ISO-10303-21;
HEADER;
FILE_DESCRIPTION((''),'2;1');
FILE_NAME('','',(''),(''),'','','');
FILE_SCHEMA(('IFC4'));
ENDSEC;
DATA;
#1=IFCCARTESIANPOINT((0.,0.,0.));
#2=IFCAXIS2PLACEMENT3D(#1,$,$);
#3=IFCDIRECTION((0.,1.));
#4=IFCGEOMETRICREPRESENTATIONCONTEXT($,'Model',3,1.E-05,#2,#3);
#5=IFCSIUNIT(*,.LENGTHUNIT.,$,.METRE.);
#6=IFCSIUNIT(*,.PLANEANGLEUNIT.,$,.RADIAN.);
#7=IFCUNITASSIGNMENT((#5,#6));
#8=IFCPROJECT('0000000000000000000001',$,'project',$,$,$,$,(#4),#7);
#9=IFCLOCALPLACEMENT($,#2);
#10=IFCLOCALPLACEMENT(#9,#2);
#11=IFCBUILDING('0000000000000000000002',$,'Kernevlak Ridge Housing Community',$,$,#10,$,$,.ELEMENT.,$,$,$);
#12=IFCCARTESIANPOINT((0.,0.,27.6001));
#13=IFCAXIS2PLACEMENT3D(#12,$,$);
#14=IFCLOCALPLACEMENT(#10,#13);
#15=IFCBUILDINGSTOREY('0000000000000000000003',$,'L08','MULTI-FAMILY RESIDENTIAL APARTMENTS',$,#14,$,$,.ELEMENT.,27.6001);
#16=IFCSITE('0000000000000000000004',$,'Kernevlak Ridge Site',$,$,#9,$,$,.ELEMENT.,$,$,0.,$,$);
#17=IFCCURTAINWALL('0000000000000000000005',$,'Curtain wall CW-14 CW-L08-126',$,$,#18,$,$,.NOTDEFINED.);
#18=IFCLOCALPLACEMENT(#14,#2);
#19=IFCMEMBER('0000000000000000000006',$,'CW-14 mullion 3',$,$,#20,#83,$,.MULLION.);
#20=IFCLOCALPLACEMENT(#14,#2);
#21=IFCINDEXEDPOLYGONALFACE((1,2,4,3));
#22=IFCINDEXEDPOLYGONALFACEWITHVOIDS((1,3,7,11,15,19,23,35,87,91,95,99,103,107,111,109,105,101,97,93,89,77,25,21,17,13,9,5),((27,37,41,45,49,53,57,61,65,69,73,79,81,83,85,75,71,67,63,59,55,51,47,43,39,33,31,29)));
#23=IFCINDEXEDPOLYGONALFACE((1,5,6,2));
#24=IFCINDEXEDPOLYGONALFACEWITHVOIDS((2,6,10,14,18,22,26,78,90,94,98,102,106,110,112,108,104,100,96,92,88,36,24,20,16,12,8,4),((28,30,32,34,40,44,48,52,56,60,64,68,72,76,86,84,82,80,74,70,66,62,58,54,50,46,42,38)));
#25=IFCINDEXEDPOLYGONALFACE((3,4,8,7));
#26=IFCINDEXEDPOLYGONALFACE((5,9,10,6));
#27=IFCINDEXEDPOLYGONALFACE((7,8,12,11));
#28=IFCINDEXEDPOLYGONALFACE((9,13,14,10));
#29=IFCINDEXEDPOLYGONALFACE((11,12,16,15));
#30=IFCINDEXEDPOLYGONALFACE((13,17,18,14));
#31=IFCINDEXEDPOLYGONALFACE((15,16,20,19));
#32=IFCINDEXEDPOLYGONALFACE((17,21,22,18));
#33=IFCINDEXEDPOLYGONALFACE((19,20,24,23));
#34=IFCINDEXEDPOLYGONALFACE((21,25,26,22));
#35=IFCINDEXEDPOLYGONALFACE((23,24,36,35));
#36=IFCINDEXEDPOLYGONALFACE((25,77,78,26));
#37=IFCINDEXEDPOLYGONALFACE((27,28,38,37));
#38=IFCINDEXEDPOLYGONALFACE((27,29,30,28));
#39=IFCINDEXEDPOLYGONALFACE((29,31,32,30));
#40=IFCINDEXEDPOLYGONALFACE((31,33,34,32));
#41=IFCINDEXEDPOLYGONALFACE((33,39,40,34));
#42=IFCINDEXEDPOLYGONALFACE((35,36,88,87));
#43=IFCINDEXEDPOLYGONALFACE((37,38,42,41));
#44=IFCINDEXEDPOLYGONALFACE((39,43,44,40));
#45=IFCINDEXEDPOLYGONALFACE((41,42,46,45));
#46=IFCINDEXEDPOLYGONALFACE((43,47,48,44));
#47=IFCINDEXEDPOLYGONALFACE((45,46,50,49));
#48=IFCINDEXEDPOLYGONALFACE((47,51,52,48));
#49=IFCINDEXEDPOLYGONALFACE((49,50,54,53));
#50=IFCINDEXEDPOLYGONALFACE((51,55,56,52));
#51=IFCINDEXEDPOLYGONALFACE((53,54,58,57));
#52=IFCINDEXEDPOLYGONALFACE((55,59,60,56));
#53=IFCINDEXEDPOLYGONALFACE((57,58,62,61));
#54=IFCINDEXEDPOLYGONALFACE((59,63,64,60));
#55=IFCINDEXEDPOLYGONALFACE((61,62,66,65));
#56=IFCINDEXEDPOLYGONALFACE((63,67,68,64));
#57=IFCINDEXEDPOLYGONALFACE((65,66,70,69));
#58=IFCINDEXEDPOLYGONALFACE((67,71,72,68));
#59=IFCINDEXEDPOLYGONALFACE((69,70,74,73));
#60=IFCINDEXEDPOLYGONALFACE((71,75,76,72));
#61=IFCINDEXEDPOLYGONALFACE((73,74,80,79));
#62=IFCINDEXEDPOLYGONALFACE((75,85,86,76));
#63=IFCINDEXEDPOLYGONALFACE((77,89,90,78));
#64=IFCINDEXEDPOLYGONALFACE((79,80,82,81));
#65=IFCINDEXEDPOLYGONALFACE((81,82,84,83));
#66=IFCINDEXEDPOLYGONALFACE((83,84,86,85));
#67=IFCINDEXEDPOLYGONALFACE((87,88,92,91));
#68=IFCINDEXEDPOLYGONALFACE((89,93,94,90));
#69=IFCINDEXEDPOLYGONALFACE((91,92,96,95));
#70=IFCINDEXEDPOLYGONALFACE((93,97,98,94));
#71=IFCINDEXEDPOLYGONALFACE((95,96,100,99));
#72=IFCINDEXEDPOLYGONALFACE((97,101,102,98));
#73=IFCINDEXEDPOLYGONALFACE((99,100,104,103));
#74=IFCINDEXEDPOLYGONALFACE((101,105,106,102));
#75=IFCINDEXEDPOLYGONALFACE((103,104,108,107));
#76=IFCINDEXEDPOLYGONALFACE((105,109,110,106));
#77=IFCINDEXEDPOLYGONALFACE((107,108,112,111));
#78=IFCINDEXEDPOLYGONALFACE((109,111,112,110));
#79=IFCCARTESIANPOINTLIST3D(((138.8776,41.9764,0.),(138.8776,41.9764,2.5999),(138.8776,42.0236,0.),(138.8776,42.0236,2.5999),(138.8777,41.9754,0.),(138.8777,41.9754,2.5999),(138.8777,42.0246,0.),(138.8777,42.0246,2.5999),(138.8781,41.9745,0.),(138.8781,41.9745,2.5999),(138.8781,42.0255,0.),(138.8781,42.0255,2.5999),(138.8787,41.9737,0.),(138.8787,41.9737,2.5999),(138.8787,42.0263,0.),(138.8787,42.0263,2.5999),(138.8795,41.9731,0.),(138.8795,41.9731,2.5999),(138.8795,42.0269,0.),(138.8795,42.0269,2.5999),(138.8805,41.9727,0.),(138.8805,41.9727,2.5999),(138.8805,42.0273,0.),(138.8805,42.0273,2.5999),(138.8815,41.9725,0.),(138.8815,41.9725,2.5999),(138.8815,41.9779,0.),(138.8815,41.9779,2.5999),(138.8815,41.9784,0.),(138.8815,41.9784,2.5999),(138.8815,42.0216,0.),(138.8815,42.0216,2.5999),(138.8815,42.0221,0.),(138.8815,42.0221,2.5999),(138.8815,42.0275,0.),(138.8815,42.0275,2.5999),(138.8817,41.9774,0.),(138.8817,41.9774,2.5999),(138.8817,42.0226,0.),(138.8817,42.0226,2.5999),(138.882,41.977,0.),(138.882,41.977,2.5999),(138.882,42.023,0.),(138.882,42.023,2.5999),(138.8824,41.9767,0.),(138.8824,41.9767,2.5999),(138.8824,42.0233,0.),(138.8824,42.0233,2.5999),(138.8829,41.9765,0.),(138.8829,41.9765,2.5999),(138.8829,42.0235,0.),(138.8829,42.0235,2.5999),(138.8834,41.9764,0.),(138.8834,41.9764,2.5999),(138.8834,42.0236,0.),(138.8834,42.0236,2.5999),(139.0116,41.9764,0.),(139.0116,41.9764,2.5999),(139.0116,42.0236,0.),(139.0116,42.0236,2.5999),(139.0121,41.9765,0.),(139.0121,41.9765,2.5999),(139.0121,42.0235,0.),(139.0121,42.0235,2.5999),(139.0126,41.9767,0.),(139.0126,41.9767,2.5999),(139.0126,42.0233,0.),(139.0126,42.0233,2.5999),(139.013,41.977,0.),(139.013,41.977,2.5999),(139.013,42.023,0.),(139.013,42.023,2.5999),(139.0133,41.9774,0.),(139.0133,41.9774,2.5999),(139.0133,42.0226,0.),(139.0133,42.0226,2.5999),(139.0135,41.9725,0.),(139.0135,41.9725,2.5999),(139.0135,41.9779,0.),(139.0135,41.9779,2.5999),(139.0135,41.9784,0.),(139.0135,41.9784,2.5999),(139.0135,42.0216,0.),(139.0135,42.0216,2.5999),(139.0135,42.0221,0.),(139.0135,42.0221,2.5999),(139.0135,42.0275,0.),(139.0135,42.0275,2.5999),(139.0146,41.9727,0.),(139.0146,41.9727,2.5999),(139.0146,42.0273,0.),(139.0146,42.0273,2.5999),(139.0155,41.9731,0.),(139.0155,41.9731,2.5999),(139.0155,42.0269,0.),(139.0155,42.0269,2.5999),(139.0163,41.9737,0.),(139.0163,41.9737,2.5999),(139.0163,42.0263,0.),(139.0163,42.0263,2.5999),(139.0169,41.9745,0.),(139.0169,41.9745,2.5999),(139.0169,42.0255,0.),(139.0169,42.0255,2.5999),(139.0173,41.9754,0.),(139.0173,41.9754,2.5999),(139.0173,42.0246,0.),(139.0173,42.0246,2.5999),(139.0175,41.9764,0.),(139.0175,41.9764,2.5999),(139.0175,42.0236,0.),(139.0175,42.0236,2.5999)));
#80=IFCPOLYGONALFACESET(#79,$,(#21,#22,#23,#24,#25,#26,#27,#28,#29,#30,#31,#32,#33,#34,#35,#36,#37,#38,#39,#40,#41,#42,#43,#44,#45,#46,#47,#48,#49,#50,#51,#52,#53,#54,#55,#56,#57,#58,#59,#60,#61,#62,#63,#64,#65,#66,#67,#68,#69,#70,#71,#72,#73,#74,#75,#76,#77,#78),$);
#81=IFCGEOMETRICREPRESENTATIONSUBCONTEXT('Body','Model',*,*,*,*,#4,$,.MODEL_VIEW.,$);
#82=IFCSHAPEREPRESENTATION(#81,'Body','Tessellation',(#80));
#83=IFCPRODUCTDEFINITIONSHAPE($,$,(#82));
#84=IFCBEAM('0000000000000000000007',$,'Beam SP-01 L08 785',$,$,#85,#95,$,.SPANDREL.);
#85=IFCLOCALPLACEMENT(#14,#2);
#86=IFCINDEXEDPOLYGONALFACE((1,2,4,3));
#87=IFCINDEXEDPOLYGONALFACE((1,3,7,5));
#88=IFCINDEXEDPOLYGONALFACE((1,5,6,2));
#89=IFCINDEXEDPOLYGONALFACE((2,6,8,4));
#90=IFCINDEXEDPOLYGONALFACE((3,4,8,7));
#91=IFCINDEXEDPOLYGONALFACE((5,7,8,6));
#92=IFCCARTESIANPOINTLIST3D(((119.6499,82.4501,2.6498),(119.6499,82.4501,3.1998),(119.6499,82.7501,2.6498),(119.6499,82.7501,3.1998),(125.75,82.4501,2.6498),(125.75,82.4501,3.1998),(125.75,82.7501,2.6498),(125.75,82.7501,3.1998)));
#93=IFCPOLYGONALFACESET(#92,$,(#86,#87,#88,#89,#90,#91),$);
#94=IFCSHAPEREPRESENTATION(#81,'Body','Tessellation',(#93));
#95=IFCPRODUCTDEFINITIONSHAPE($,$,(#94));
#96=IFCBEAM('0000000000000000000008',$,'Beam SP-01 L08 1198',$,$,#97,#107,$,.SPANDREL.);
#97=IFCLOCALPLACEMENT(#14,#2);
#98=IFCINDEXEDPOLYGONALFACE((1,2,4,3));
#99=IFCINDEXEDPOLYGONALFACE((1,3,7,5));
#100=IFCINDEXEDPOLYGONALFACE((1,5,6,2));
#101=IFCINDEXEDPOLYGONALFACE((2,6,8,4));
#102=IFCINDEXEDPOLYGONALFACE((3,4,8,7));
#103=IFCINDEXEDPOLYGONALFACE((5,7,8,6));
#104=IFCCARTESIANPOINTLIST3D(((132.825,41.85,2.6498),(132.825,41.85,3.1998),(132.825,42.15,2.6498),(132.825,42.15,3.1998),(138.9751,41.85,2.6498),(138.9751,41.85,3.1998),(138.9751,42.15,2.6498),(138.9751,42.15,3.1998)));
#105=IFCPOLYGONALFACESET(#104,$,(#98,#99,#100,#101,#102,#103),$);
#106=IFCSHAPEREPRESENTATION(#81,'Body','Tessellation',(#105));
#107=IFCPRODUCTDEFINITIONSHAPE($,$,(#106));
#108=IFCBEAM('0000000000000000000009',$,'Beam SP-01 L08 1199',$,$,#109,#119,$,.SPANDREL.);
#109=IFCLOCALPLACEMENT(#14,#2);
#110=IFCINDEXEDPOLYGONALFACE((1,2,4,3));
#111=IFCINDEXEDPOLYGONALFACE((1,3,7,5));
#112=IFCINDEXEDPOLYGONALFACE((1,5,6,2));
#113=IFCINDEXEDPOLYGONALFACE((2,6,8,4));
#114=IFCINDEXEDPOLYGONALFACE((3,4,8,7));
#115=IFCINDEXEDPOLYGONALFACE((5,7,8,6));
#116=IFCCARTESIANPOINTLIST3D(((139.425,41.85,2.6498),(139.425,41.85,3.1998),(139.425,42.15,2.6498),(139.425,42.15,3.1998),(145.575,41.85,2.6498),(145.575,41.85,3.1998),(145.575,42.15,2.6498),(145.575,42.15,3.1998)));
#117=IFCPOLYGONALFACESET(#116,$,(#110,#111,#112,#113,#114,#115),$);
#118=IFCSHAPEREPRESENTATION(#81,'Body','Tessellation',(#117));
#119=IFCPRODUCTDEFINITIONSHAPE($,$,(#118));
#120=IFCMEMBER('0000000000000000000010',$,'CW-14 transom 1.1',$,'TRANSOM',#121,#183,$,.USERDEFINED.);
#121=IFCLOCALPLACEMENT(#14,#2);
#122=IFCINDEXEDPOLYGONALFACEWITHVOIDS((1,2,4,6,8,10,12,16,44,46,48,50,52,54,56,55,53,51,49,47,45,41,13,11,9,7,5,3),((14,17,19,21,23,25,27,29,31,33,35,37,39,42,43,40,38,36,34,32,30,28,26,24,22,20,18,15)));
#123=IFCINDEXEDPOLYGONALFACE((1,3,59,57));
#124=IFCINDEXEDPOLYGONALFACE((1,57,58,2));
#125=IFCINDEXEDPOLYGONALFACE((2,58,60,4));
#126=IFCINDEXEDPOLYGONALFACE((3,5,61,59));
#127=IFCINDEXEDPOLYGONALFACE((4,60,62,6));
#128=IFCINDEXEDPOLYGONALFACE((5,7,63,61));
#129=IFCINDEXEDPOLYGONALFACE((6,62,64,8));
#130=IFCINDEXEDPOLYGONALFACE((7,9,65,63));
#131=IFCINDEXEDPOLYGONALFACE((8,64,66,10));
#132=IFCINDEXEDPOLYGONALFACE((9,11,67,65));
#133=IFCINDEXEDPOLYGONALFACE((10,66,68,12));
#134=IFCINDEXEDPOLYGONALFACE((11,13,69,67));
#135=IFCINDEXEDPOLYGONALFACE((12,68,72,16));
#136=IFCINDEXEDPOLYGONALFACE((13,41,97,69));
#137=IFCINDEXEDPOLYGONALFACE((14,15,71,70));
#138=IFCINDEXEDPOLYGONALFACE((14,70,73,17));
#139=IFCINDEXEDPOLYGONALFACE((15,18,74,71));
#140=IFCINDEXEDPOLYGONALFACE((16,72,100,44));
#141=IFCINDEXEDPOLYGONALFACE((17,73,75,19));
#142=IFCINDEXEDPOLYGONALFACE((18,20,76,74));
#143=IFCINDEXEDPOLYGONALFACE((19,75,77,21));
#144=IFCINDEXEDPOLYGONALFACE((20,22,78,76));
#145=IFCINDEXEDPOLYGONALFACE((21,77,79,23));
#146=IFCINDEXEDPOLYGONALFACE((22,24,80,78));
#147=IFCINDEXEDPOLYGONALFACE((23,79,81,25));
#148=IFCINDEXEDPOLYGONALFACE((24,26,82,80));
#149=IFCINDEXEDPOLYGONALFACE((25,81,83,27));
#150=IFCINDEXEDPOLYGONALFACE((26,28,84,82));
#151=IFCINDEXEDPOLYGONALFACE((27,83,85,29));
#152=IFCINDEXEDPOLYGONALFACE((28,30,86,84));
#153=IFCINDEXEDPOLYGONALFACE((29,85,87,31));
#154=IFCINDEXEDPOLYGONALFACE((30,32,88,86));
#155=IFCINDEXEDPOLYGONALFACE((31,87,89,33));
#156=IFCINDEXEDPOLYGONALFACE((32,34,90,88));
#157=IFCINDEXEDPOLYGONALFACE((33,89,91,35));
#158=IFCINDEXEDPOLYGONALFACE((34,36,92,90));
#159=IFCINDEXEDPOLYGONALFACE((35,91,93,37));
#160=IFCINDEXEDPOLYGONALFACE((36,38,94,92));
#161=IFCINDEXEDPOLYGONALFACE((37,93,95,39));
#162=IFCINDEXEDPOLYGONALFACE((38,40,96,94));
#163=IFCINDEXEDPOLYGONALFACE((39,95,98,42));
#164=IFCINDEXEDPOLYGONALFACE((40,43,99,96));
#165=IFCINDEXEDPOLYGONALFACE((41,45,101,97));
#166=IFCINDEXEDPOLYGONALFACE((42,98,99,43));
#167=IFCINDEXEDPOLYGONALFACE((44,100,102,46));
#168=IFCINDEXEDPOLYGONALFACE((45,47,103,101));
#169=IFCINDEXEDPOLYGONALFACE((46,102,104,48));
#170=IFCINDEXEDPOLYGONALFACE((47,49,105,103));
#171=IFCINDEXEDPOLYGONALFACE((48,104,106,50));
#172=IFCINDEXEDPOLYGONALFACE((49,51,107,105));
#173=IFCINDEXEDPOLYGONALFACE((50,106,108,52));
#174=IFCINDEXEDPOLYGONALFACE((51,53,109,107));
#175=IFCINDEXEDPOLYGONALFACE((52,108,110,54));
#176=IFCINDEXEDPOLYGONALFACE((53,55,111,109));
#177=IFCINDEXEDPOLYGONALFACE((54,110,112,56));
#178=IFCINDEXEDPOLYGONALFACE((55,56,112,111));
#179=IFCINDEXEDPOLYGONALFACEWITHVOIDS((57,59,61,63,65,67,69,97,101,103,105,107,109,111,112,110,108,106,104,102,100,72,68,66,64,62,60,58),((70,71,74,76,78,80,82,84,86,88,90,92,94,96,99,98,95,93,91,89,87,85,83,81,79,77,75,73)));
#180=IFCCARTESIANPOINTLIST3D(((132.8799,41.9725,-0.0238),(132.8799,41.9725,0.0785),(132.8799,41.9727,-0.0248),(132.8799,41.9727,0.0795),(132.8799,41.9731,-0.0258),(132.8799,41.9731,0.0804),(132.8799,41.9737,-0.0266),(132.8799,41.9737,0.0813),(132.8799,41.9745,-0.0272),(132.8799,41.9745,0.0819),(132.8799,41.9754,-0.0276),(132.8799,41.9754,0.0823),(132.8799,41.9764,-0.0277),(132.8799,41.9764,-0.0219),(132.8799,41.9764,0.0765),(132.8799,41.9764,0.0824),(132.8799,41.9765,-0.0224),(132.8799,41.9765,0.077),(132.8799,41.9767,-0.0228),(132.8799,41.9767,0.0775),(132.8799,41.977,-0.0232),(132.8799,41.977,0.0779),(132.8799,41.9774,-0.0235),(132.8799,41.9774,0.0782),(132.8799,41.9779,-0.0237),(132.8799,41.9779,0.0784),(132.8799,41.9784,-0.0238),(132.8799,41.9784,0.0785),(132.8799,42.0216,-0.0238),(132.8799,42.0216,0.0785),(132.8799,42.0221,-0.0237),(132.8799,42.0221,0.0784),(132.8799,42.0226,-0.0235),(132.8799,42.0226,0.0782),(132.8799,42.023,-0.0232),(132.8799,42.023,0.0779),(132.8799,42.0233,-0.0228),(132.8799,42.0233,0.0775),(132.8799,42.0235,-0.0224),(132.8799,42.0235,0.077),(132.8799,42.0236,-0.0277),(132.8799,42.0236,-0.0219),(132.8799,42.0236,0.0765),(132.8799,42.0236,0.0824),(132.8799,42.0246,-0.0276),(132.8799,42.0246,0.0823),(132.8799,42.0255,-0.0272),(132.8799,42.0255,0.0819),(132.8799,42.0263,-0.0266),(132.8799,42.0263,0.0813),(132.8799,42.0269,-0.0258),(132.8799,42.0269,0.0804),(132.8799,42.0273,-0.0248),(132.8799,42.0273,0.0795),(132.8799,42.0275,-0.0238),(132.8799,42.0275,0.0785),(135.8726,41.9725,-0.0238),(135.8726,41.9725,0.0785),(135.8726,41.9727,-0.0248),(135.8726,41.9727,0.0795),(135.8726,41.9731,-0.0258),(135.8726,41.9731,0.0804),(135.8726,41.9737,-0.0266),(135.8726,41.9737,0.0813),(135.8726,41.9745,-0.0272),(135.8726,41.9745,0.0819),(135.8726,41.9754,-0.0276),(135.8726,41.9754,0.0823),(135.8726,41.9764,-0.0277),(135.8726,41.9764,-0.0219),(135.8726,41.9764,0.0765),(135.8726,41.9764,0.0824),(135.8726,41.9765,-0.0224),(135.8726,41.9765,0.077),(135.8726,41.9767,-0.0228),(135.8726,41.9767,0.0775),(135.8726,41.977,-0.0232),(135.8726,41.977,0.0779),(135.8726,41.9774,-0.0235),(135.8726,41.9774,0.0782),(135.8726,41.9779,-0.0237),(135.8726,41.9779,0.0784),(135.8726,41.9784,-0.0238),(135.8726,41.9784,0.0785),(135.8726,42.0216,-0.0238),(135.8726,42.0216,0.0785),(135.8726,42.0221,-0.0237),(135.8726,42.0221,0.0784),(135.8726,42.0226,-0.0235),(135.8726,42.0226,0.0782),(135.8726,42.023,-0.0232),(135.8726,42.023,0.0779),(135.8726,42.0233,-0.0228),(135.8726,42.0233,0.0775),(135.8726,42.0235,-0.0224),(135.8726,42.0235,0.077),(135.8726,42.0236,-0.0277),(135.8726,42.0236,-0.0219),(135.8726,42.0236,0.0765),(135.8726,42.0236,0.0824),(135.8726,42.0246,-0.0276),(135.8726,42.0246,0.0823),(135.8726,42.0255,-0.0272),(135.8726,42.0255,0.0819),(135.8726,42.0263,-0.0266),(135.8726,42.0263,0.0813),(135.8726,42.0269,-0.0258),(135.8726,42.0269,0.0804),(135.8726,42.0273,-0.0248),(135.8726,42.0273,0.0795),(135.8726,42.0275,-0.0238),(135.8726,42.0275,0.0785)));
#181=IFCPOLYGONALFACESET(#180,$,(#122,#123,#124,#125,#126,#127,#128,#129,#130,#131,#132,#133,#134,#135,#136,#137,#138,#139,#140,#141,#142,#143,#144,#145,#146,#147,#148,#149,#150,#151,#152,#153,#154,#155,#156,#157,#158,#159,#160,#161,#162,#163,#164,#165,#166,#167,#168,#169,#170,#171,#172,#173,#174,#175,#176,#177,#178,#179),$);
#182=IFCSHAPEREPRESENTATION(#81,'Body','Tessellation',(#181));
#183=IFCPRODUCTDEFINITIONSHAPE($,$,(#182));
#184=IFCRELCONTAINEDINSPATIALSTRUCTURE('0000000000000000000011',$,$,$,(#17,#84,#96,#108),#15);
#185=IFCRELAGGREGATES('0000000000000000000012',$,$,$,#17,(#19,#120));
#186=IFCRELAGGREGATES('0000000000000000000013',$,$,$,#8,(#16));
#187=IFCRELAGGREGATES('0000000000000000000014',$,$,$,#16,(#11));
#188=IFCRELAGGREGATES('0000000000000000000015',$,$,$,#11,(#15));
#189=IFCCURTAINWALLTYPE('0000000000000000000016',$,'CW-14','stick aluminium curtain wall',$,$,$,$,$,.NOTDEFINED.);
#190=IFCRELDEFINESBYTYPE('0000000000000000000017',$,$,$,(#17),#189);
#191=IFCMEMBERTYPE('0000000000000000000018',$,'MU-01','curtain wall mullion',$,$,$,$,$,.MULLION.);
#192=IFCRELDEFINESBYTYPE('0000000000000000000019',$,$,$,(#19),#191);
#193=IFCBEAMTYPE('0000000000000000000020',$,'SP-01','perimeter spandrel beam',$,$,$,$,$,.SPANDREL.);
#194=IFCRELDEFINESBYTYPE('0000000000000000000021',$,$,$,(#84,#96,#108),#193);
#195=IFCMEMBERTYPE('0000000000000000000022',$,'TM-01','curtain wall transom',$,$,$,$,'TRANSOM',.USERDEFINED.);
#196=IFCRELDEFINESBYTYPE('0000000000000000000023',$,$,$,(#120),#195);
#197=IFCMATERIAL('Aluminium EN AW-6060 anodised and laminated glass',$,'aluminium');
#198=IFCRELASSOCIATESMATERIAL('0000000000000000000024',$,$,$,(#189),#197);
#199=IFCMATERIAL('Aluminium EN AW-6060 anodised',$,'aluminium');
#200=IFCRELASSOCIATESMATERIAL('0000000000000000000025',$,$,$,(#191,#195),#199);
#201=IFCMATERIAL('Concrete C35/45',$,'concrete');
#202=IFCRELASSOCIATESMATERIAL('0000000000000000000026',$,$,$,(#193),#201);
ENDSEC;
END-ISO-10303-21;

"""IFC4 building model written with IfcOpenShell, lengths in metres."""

from ifc_helpers import new_model, si_unit, direction, frame, origin, origin_2d, place, context, subcontext, project, spatial, rectangle, hollow_rectangle, extrude, material, material_profile, profile_set, type_object, element, aggregate, save


model = new_model("IFC4")

# Units and contexts
model_context = context("Model", 3, precision=1e-05, world=origin(), true_north=direction((0.0, 1.0)))
body_context = subcontext(model_context, "Body", "Model", "MODEL_VIEW")
ifc_project = project(units=[si_unit("LENGTHUNIT", "METRE"), si_unit("PLANEANGLEUNIT", "RADIAN")], contexts=[model_context])

# Site, building, storey
site_placement = place(None, origin())
site = spatial("IfcSite", under=ifc_project, at=site_placement, Name="Kernevlak Ridge Site", CompositionType="ELEMENT", RefElevation=0.0)
building_placement = place(site_placement, origin())
building = spatial("IfcBuilding", under=site, at=building_placement, Name="Kernevlak Ridge Housing Community", CompositionType="ELEMENT")
storey_placement = place(building_placement, frame((0.0, 0.0, 27.6001)))
storey = spatial("IfcBuildingStorey", under=building, at=storey_placement, Name="L08", Description="MULTI-FAMILY RESIDENTIAL APARTMENTS", CompositionType="ELEMENT", Elevation=27.6001)

# Shared definitions
ifc_material_1 = material(Name="Concrete C35/45", Category="concrete")

# Curtain wall, member
ifc_material_2 = material(Name="Aluminium EN AW-6060 anodised and laminated glass", Category="aluminium")
curtain_wall_type = type_object("IfcCurtainWallType", Name="CW-14", Description="stick aluminium curtain wall", PredefinedType="NOTDEFINED", material=ifc_material_2)
curtain_wall_placement = place(storey_placement, origin())
curtain_wall = element("IfcCurtainWall", 1, at=curtain_wall_placement, inside=storey, type_object=curtain_wall_type, Name="Curtain wall CW-14 CW-L08-126", PredefinedType="NOTDEFINED")
ifc_material_3 = material(Name="Aluminium EN AW-6060 anodised", Category="aluminium")
ifc_material_profile_1 = material_profile(ifc_material_3, hollow_rectangle(XDim=0.0549, YDim=0.1399, WallThickness=0.0039, InnerFilletRadius=0.002, OuterFilletRadius=0.0039, at=origin_2d()), Name="ALU 55x140x4")
ifc_profile_set_1 = profile_set([ifc_material_profile_1], Name="Aluminium EN AW-6060 anodised")
member_type_1 = type_object("IfcMemberType", Name="MU-01", Description="curtain wall mullion", PredefinedType="MULLION", material=ifc_profile_set_1)
member_1_placement = place(storey_placement, frame((138.9475, 42.0, 0.0), z_axis=(0.0, 0.0, 1.0), x_axis=(0.0, 1.0, 0.0)))
member_1 = element("IfcMember", 2, at=member_1_placement, type_object=member_type_1, Name="CW-14 mullion 3", PredefinedType="MULLION", context=body_context, shape_type="SweptSolid", body=[
    extrude(hollow_rectangle(XDim=0.0549, YDim=0.1399, WallThickness=0.0039, InnerFilletRadius=0.002, OuterFilletRadius=0.0039, at=origin_2d()), origin(), (0.0, 0.0, 1.0), 2.5999),
])

# Beams
ifc_material_profile_2 = material_profile(ifc_material_1, rectangle(XDim=0.3, YDim=0.55, at=origin_2d()), Name="RC 300x550")
ifc_profile_set_2 = profile_set([ifc_material_profile_2], Name="Concrete C35/45")
beam_type = type_object("IfcBeamType", Name="SP-01", Description="perimeter spandrel beam", PredefinedType="SPANDREL", material=ifc_profile_set_2)
beam_1_placement = place(storey_placement, frame((119.6499, 82.6001, 2.9248), z_axis=(1.0, 0.0, 0.0), x_axis=(0.0, 1.0, 0.0)))
element("IfcBeam", 3, at=beam_1_placement, inside=storey, type_object=beam_type, Name="Beam SP-01 L08 785", PredefinedType="SPANDREL", context=body_context, shape_type="SweptSolid", body=[
    extrude(rectangle(XDim=0.3, YDim=0.55, at=origin_2d()), origin(), (0.0, 0.0, 1.0), 6.1001),
])
beam_2_placement = place(storey_placement, frame((132.825, 42.0, 2.9248), z_axis=(1.0, 0.0, 0.0), x_axis=(0.0, 1.0, 0.0)))
element("IfcBeam", 4, at=beam_2_placement, inside=storey, type_object=beam_type, Name="Beam SP-01 L08 1198", PredefinedType="SPANDREL", context=body_context, shape_type="SweptSolid", body=[
    extrude(rectangle(XDim=0.3, YDim=0.55, at=origin_2d()), origin(), (0.0, 0.0, 1.0), 6.1501),
])
beam_3_placement = place(storey_placement, frame((139.425, 42.0, 2.9248), z_axis=(1.0, 0.0, 0.0), x_axis=(0.0, 1.0, 0.0)))
element("IfcBeam", 5, at=beam_3_placement, inside=storey, type_object=beam_type, Name="Beam SP-01 L08 1199", PredefinedType="SPANDREL", context=body_context, shape_type="SweptSolid", body=[
    extrude(rectangle(XDim=0.3, YDim=0.55, at=origin_2d()), origin(), (0.0, 0.0, 1.0), 6.1499),
])

# Member
ifc_material_profile_3 = material_profile(ifc_material_3, hollow_rectangle(XDim=0.0549, YDim=0.1101, WallThickness=0.0039, InnerFilletRadius=0.002, OuterFilletRadius=0.0039, at=origin_2d()), Name="ALU 55x110x4")
ifc_profile_set_3 = profile_set([ifc_material_profile_3], Name="Aluminium EN AW-6060 anodised")
member_type_2 = type_object("IfcMemberType", Name="TM-01", Description="curtain wall transom", ElementType="TRANSOM", PredefinedType="USERDEFINED", material=ifc_profile_set_3)
member_2_placement = place(storey_placement, frame((132.8799, 42.0, 0.0273), z_axis=(1.0, 0.0, 0.0), x_axis=(0.0, 1.0, 0.0)))
member_2 = element("IfcMember", 6, at=member_2_placement, type_object=member_type_2, Name="CW-14 transom 1.1", ObjectType="TRANSOM", PredefinedType="USERDEFINED", context=body_context, shape_type="SweptSolid", body=[
    extrude(hollow_rectangle(XDim=0.0549, YDim=0.1101, WallThickness=0.0039, InnerFilletRadius=0.002, OuterFilletRadius=0.0039, at=origin_2d()), origin(), (0.0, 0.0, 1.0), 2.9927),
])

aggregate(curtain_wall, [member_1, member_2])

save(model, "model.ifc")
